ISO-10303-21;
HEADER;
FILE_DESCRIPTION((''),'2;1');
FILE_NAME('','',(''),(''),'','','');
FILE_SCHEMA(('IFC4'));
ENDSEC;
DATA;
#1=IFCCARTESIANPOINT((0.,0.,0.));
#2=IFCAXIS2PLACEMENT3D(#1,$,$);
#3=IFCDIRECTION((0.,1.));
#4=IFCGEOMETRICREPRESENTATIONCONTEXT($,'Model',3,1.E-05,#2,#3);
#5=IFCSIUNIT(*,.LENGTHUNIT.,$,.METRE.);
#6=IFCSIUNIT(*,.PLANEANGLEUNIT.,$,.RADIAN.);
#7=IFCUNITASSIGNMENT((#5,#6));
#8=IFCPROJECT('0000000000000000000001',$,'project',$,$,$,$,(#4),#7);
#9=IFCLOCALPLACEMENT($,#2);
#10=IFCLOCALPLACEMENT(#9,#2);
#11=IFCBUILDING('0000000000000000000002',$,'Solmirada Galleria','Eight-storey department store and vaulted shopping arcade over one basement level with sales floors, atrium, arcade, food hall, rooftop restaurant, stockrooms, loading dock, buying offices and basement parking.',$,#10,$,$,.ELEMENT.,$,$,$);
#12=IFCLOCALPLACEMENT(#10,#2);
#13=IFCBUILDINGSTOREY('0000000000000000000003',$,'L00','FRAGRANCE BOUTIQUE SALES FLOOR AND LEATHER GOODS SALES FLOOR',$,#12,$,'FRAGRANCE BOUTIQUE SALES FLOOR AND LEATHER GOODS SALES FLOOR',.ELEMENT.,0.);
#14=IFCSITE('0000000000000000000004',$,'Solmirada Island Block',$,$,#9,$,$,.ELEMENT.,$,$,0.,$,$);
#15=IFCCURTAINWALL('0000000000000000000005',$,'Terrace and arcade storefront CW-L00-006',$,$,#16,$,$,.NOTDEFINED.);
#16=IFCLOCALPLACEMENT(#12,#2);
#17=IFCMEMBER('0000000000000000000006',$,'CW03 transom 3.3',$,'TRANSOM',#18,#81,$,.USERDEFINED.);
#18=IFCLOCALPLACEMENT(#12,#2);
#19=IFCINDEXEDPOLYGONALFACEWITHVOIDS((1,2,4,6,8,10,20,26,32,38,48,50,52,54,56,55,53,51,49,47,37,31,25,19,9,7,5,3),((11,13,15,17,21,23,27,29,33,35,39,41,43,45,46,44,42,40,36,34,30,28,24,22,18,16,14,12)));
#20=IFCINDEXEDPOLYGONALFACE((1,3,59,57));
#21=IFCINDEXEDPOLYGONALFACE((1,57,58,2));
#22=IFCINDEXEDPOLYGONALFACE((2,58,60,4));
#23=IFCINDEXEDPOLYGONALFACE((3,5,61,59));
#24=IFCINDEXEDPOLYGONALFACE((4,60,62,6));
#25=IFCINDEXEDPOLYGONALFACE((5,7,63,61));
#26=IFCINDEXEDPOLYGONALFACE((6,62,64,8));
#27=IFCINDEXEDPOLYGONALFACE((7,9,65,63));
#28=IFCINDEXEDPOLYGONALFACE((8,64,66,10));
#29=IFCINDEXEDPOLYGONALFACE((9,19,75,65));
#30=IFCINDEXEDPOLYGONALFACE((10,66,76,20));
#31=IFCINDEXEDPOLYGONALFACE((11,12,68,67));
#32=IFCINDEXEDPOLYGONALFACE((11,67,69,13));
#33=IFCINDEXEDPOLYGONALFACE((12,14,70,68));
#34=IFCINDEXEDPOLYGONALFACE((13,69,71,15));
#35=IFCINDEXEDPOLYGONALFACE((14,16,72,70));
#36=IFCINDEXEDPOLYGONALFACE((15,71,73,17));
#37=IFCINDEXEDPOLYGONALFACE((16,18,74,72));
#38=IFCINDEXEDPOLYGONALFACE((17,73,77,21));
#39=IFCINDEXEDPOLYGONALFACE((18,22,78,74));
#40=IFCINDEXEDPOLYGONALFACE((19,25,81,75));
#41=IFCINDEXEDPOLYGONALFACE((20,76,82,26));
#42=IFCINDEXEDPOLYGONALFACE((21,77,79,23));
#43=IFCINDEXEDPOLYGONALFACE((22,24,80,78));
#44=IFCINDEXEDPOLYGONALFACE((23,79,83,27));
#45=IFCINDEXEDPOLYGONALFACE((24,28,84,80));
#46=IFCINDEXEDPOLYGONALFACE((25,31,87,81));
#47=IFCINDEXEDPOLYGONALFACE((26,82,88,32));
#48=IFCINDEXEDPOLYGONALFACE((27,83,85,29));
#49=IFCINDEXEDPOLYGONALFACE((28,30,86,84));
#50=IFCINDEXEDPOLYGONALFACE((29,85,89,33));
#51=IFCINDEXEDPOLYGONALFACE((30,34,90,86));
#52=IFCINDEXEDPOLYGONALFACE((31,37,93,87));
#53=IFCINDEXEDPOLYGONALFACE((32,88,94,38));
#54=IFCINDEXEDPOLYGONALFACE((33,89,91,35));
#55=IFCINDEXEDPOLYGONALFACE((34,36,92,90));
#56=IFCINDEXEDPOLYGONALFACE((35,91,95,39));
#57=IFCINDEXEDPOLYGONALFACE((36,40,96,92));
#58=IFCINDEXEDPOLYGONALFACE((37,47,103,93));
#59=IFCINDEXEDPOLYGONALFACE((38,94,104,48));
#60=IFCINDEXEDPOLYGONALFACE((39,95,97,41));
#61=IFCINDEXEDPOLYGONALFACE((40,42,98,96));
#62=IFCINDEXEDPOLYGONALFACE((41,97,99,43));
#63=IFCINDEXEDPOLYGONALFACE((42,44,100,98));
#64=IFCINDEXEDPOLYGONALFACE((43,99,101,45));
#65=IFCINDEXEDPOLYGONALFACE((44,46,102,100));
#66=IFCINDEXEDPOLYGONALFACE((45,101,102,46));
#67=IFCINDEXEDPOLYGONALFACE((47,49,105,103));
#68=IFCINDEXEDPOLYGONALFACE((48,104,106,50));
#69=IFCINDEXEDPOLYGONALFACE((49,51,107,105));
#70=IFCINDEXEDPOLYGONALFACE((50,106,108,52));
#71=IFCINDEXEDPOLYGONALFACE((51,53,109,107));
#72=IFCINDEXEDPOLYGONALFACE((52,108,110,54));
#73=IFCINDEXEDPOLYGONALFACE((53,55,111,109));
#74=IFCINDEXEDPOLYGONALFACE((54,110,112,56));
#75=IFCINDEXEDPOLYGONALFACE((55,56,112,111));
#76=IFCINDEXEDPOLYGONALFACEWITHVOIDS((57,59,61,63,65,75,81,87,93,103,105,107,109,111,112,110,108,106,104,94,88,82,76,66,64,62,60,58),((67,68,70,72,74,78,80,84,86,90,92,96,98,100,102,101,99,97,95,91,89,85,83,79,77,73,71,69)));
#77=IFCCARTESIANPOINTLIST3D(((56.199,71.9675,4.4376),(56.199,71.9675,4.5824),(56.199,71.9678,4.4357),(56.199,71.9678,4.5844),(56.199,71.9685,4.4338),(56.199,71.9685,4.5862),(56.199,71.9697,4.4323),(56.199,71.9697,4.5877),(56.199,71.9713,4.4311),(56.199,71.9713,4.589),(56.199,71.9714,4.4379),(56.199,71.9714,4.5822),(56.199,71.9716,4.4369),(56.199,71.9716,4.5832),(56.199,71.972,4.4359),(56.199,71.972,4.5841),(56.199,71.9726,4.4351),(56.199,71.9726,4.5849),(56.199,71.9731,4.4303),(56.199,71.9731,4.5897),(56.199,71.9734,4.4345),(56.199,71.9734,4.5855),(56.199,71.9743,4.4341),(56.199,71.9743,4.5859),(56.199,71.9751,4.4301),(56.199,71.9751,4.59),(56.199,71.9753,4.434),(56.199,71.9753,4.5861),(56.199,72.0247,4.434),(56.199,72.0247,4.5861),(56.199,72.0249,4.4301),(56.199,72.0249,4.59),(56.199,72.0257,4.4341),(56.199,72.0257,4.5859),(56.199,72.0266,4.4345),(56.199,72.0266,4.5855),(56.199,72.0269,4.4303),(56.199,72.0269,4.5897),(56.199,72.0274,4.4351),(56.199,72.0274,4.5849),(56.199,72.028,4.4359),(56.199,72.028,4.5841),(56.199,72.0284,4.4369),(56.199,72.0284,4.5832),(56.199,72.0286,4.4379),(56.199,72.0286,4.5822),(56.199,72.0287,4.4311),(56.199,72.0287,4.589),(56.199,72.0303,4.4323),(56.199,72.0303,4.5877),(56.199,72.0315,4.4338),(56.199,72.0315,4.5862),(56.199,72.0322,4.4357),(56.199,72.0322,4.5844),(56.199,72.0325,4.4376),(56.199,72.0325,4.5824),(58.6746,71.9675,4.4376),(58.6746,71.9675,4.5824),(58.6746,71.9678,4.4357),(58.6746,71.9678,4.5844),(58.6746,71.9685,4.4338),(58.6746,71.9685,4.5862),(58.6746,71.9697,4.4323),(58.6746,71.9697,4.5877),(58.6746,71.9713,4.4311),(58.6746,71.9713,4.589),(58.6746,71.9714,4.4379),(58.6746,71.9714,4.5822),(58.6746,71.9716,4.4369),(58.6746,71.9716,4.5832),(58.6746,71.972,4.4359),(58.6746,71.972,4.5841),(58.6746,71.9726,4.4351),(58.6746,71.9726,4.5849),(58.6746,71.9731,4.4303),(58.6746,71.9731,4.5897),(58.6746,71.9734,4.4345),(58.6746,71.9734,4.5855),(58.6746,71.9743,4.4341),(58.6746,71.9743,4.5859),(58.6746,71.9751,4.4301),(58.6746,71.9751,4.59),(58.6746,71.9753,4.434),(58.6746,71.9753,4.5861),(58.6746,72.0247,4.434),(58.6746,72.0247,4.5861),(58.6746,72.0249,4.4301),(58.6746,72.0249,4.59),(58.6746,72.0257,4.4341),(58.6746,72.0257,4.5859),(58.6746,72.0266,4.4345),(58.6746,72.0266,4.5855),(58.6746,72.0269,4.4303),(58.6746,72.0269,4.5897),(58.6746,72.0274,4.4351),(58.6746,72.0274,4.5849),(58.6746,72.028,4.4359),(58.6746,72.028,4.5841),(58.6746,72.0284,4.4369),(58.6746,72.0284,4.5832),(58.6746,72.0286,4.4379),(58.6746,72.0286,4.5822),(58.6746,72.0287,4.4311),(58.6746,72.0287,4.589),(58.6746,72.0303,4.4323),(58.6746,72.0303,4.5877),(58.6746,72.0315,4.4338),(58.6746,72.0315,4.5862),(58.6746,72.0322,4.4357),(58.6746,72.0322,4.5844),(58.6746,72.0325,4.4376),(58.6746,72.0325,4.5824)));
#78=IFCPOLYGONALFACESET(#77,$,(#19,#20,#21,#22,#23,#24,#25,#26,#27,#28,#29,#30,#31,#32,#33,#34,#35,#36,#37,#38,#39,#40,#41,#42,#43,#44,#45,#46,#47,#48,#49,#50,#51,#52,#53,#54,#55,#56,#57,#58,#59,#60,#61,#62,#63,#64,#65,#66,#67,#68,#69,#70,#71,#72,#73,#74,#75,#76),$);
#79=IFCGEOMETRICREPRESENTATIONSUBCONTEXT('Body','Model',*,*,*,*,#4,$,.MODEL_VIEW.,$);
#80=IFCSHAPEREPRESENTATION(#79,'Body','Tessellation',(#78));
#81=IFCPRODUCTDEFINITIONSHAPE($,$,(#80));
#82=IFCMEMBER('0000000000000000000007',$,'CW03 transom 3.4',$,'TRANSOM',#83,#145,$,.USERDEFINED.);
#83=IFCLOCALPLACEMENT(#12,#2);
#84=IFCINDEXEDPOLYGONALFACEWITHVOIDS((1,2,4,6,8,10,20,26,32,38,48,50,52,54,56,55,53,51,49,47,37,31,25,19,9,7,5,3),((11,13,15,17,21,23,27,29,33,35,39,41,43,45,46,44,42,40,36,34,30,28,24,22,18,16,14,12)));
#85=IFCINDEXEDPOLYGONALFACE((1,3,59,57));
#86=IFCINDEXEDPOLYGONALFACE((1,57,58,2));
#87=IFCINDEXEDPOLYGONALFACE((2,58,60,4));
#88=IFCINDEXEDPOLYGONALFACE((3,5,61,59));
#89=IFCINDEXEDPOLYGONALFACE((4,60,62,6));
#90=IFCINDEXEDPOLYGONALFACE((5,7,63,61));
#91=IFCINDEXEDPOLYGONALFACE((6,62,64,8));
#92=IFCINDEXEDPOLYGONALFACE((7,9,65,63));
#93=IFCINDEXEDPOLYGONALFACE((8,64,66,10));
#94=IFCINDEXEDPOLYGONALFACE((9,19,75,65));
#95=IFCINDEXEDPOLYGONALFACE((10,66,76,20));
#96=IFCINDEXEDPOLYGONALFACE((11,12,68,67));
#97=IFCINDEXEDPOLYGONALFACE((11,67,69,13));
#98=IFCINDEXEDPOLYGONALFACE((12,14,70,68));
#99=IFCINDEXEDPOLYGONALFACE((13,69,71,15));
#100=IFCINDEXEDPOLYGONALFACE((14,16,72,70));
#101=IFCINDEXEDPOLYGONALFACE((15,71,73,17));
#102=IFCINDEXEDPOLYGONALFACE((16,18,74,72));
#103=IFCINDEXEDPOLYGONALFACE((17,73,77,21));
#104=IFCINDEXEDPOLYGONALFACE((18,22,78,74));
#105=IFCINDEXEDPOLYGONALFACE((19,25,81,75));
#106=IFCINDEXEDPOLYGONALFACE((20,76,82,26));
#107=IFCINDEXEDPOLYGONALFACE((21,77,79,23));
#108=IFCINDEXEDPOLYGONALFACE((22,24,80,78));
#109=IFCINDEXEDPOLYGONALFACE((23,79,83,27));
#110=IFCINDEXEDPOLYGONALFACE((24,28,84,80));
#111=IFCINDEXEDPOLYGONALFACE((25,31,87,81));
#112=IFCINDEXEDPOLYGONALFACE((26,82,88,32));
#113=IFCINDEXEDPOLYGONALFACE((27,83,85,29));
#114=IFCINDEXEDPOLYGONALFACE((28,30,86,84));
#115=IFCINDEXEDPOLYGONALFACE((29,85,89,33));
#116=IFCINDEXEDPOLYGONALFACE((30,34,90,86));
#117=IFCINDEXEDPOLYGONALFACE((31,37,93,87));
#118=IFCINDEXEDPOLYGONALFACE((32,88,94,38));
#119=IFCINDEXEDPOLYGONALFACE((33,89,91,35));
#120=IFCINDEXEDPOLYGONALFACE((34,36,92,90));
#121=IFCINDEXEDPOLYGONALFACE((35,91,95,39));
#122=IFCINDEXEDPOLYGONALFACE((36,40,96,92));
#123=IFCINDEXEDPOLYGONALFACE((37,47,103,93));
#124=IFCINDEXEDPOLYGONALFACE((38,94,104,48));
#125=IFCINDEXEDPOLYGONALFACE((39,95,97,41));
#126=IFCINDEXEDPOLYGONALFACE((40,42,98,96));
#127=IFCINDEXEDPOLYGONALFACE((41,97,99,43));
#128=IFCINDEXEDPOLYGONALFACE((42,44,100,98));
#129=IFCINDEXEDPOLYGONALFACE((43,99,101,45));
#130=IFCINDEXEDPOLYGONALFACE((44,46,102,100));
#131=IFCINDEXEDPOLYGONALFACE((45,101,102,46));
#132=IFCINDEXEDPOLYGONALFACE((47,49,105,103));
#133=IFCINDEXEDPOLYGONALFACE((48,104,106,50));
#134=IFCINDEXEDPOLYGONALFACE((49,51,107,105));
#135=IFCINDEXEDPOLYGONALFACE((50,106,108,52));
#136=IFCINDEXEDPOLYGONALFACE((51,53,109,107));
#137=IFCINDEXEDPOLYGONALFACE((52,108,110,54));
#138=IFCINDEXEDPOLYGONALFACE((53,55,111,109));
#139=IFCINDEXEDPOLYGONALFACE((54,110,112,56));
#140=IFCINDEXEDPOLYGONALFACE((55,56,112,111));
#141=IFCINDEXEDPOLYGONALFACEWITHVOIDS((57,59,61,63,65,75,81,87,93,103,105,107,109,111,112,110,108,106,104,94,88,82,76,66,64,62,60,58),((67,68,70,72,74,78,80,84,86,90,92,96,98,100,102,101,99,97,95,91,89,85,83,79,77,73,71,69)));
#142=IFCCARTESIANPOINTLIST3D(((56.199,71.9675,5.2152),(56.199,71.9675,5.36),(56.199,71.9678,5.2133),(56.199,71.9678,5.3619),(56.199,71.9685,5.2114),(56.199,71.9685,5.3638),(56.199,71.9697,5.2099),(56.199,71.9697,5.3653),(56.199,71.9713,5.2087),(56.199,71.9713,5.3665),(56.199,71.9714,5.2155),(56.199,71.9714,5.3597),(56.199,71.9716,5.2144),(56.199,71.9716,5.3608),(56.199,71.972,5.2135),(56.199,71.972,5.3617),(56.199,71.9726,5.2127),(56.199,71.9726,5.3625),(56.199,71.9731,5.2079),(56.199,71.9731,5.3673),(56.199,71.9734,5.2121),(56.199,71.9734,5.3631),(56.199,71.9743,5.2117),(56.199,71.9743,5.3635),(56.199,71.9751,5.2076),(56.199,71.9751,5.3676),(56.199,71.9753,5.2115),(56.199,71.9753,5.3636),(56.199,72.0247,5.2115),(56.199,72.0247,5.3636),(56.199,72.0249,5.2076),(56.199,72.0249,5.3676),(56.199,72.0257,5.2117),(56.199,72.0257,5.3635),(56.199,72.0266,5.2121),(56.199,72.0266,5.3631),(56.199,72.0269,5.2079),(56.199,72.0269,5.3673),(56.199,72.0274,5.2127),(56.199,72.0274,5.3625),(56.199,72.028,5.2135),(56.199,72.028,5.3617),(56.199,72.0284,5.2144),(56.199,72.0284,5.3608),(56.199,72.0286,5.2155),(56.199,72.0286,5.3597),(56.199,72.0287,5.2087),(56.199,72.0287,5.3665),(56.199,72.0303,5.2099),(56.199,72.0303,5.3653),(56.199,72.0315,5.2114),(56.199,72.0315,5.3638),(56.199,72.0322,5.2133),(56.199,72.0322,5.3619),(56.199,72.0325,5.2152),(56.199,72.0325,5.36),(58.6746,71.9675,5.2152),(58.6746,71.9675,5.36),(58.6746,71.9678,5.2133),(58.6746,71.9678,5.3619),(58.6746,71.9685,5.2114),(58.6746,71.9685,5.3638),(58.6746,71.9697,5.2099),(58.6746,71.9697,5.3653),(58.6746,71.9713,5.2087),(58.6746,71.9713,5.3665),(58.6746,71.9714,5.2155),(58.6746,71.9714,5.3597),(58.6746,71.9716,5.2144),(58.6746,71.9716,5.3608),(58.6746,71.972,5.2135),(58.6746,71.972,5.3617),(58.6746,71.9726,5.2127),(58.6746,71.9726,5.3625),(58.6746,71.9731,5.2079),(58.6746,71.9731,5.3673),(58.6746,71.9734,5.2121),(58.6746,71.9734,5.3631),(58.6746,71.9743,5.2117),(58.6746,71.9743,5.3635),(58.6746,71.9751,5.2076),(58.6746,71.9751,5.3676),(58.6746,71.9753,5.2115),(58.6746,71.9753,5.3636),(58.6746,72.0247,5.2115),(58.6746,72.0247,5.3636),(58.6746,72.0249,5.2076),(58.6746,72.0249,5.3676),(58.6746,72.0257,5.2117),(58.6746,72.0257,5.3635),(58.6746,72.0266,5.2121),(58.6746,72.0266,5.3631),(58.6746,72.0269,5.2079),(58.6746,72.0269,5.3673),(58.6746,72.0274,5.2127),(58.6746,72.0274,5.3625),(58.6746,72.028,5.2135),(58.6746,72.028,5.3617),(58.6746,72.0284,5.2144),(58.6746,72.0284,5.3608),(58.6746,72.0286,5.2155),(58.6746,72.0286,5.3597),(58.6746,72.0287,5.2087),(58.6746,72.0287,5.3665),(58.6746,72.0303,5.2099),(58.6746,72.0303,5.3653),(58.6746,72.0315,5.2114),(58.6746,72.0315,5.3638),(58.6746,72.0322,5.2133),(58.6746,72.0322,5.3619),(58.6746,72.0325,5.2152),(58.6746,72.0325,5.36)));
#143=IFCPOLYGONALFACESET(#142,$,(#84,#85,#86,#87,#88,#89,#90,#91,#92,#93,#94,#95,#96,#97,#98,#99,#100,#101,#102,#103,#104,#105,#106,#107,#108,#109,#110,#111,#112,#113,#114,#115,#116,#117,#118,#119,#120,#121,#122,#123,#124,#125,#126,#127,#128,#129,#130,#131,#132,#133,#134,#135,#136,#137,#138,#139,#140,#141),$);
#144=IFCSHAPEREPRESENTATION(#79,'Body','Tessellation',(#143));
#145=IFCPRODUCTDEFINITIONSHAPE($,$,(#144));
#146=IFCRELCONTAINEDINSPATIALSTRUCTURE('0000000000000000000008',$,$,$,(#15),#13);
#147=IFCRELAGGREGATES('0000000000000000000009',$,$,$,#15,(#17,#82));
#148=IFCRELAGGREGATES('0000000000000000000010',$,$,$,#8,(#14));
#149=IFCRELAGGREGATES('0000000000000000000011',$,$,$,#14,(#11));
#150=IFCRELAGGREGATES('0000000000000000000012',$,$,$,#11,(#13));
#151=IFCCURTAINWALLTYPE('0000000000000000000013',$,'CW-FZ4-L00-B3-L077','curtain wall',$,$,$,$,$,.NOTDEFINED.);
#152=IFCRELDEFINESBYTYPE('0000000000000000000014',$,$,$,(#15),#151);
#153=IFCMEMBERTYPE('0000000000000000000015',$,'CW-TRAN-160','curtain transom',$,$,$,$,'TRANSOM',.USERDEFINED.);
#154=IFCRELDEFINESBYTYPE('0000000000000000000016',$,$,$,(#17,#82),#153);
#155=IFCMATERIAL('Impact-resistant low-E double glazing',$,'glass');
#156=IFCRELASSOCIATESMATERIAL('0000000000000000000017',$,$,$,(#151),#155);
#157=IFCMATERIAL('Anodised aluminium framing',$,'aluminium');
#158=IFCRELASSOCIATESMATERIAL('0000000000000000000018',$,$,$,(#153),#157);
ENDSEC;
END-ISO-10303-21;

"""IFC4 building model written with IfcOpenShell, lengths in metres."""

from ifc_helpers import new_model, si_unit, direction, frame, origin, origin_2d, place, context, subcontext, project, spatial, hollow_rectangle, extrude, material, material_profile, profile_set, type_object, element, aggregate, save


model = new_model("IFC4")

# Units and contexts
model_context = context("Model", 3, precision=1e-05, world=origin(), true_north=direction((0.0, 1.0)))
body_context = subcontext(model_context, "Body", "Model", "MODEL_VIEW")
ifc_project = project(units=[si_unit("LENGTHUNIT", "METRE"), si_unit("PLANEANGLEUNIT", "RADIAN")], contexts=[model_context])

# Site, building, storey
site_placement = place(None, origin())
site = spatial("IfcSite", under=ifc_project, at=site_placement, Name="Solmirada Island Block", CompositionType="ELEMENT", RefElevation=0.0)
building_placement = place(site_placement, origin())
building = spatial("IfcBuilding", under=site, at=building_placement, Name="Solmirada Galleria", Description="Eight-storey department store and vaulted shopping arcade over one basement level with sales floors, atrium, arcade, food hall, rooftop restaurant, stockrooms, loading dock, buying offices and basement parking.", CompositionType="ELEMENT")
storey_placement = place(building_placement, origin())
storey = spatial("IfcBuildingStorey", under=building, at=storey_placement, Name="L00", Description="FRAGRANCE BOUTIQUE SALES FLOOR AND LEATHER GOODS SALES FLOOR", LongName="FRAGRANCE BOUTIQUE SALES FLOOR AND LEATHER GOODS SALES FLOOR", CompositionType="ELEMENT", Elevation=0.0)

# Curtain wall
ifc_material_1 = material(Name="Impact-resistant low-E double glazing", Category="glass")
curtain_wall_type_1 = type_object("IfcCurtainWallType", Name="CW-FZ4-L00-B3-L077", Description="curtain wall", PredefinedType="NOTDEFINED", material=ifc_material_1)
curtain_wall_1_placement = place(storey_placement, origin())
curtain_wall_1 = element("IfcCurtainWall", 1, at=curtain_wall_1_placement, inside=storey, type_object=curtain_wall_type_1, Name="Terrace and arcade storefront CW-L00-006", PredefinedType="NOTDEFINED")
ifc_material_2 = material(Name="Anodised aluminium framing", Category="aluminium")

# Members
ifc_material_profile_1 = material_profile(ifc_material_2, hollow_rectangle(XDim=0.0649, YDim=0.1599, WallThickness=0.0039, InnerFilletRadius=0.0039, OuterFilletRadius=0.0076, at=origin_2d()), Name="ALU-TRAN-160X65")
ifc_profile_set_1 = profile_set([ifc_material_profile_1], Name="Anodised aluminium framing")
member_type_1 = type_object("IfcMemberType", Name="CW-TRAN-160", Description="curtain transom", ElementType="TRANSOM", PredefinedType="USERDEFINED", material=ifc_profile_set_1)
member_1_placement = place(storey_placement, frame((58.6746, 72.0, 4.51), z_axis=(-1.0, 0.0, 0.0), x_axis=(0.0, -1.0, 0.0)))
member_1 = element("IfcMember", 2, at=member_1_placement, type_object=member_type_1, Name="CW03 transom 3.3", ObjectType="TRANSOM", PredefinedType="USERDEFINED", context=body_context, shape_type="SweptSolid", body=[
    extrude(hollow_rectangle(XDim=0.0649, YDim=0.1599, WallThickness=0.0039, InnerFilletRadius=0.0039, OuterFilletRadius=0.0076, at=origin_2d()), origin(), (0.0, 0.0, 1.0), 2.4756),
])
member_2_placement = place(storey_placement, frame((58.6746, 72.0, 5.2876), z_axis=(-1.0, 0.0, 0.0), x_axis=(0.0, -1.0, 0.0)))
member_2 = element("IfcMember", 3, at=member_2_placement, type_object=member_type_1, Name="CW03 transom 3.4", ObjectType="TRANSOM", PredefinedType="USERDEFINED", context=body_context, shape_type="SweptSolid", body=[
    extrude(hollow_rectangle(XDim=0.0649, YDim=0.1599, WallThickness=0.0039, InnerFilletRadius=0.0039, OuterFilletRadius=0.0076, at=origin_2d()), origin(), (0.0, 0.0, 1.0), 2.4756),
])

aggregate(curtain_wall_1, [member_1, member_2])

save(model, "model.ifc")
